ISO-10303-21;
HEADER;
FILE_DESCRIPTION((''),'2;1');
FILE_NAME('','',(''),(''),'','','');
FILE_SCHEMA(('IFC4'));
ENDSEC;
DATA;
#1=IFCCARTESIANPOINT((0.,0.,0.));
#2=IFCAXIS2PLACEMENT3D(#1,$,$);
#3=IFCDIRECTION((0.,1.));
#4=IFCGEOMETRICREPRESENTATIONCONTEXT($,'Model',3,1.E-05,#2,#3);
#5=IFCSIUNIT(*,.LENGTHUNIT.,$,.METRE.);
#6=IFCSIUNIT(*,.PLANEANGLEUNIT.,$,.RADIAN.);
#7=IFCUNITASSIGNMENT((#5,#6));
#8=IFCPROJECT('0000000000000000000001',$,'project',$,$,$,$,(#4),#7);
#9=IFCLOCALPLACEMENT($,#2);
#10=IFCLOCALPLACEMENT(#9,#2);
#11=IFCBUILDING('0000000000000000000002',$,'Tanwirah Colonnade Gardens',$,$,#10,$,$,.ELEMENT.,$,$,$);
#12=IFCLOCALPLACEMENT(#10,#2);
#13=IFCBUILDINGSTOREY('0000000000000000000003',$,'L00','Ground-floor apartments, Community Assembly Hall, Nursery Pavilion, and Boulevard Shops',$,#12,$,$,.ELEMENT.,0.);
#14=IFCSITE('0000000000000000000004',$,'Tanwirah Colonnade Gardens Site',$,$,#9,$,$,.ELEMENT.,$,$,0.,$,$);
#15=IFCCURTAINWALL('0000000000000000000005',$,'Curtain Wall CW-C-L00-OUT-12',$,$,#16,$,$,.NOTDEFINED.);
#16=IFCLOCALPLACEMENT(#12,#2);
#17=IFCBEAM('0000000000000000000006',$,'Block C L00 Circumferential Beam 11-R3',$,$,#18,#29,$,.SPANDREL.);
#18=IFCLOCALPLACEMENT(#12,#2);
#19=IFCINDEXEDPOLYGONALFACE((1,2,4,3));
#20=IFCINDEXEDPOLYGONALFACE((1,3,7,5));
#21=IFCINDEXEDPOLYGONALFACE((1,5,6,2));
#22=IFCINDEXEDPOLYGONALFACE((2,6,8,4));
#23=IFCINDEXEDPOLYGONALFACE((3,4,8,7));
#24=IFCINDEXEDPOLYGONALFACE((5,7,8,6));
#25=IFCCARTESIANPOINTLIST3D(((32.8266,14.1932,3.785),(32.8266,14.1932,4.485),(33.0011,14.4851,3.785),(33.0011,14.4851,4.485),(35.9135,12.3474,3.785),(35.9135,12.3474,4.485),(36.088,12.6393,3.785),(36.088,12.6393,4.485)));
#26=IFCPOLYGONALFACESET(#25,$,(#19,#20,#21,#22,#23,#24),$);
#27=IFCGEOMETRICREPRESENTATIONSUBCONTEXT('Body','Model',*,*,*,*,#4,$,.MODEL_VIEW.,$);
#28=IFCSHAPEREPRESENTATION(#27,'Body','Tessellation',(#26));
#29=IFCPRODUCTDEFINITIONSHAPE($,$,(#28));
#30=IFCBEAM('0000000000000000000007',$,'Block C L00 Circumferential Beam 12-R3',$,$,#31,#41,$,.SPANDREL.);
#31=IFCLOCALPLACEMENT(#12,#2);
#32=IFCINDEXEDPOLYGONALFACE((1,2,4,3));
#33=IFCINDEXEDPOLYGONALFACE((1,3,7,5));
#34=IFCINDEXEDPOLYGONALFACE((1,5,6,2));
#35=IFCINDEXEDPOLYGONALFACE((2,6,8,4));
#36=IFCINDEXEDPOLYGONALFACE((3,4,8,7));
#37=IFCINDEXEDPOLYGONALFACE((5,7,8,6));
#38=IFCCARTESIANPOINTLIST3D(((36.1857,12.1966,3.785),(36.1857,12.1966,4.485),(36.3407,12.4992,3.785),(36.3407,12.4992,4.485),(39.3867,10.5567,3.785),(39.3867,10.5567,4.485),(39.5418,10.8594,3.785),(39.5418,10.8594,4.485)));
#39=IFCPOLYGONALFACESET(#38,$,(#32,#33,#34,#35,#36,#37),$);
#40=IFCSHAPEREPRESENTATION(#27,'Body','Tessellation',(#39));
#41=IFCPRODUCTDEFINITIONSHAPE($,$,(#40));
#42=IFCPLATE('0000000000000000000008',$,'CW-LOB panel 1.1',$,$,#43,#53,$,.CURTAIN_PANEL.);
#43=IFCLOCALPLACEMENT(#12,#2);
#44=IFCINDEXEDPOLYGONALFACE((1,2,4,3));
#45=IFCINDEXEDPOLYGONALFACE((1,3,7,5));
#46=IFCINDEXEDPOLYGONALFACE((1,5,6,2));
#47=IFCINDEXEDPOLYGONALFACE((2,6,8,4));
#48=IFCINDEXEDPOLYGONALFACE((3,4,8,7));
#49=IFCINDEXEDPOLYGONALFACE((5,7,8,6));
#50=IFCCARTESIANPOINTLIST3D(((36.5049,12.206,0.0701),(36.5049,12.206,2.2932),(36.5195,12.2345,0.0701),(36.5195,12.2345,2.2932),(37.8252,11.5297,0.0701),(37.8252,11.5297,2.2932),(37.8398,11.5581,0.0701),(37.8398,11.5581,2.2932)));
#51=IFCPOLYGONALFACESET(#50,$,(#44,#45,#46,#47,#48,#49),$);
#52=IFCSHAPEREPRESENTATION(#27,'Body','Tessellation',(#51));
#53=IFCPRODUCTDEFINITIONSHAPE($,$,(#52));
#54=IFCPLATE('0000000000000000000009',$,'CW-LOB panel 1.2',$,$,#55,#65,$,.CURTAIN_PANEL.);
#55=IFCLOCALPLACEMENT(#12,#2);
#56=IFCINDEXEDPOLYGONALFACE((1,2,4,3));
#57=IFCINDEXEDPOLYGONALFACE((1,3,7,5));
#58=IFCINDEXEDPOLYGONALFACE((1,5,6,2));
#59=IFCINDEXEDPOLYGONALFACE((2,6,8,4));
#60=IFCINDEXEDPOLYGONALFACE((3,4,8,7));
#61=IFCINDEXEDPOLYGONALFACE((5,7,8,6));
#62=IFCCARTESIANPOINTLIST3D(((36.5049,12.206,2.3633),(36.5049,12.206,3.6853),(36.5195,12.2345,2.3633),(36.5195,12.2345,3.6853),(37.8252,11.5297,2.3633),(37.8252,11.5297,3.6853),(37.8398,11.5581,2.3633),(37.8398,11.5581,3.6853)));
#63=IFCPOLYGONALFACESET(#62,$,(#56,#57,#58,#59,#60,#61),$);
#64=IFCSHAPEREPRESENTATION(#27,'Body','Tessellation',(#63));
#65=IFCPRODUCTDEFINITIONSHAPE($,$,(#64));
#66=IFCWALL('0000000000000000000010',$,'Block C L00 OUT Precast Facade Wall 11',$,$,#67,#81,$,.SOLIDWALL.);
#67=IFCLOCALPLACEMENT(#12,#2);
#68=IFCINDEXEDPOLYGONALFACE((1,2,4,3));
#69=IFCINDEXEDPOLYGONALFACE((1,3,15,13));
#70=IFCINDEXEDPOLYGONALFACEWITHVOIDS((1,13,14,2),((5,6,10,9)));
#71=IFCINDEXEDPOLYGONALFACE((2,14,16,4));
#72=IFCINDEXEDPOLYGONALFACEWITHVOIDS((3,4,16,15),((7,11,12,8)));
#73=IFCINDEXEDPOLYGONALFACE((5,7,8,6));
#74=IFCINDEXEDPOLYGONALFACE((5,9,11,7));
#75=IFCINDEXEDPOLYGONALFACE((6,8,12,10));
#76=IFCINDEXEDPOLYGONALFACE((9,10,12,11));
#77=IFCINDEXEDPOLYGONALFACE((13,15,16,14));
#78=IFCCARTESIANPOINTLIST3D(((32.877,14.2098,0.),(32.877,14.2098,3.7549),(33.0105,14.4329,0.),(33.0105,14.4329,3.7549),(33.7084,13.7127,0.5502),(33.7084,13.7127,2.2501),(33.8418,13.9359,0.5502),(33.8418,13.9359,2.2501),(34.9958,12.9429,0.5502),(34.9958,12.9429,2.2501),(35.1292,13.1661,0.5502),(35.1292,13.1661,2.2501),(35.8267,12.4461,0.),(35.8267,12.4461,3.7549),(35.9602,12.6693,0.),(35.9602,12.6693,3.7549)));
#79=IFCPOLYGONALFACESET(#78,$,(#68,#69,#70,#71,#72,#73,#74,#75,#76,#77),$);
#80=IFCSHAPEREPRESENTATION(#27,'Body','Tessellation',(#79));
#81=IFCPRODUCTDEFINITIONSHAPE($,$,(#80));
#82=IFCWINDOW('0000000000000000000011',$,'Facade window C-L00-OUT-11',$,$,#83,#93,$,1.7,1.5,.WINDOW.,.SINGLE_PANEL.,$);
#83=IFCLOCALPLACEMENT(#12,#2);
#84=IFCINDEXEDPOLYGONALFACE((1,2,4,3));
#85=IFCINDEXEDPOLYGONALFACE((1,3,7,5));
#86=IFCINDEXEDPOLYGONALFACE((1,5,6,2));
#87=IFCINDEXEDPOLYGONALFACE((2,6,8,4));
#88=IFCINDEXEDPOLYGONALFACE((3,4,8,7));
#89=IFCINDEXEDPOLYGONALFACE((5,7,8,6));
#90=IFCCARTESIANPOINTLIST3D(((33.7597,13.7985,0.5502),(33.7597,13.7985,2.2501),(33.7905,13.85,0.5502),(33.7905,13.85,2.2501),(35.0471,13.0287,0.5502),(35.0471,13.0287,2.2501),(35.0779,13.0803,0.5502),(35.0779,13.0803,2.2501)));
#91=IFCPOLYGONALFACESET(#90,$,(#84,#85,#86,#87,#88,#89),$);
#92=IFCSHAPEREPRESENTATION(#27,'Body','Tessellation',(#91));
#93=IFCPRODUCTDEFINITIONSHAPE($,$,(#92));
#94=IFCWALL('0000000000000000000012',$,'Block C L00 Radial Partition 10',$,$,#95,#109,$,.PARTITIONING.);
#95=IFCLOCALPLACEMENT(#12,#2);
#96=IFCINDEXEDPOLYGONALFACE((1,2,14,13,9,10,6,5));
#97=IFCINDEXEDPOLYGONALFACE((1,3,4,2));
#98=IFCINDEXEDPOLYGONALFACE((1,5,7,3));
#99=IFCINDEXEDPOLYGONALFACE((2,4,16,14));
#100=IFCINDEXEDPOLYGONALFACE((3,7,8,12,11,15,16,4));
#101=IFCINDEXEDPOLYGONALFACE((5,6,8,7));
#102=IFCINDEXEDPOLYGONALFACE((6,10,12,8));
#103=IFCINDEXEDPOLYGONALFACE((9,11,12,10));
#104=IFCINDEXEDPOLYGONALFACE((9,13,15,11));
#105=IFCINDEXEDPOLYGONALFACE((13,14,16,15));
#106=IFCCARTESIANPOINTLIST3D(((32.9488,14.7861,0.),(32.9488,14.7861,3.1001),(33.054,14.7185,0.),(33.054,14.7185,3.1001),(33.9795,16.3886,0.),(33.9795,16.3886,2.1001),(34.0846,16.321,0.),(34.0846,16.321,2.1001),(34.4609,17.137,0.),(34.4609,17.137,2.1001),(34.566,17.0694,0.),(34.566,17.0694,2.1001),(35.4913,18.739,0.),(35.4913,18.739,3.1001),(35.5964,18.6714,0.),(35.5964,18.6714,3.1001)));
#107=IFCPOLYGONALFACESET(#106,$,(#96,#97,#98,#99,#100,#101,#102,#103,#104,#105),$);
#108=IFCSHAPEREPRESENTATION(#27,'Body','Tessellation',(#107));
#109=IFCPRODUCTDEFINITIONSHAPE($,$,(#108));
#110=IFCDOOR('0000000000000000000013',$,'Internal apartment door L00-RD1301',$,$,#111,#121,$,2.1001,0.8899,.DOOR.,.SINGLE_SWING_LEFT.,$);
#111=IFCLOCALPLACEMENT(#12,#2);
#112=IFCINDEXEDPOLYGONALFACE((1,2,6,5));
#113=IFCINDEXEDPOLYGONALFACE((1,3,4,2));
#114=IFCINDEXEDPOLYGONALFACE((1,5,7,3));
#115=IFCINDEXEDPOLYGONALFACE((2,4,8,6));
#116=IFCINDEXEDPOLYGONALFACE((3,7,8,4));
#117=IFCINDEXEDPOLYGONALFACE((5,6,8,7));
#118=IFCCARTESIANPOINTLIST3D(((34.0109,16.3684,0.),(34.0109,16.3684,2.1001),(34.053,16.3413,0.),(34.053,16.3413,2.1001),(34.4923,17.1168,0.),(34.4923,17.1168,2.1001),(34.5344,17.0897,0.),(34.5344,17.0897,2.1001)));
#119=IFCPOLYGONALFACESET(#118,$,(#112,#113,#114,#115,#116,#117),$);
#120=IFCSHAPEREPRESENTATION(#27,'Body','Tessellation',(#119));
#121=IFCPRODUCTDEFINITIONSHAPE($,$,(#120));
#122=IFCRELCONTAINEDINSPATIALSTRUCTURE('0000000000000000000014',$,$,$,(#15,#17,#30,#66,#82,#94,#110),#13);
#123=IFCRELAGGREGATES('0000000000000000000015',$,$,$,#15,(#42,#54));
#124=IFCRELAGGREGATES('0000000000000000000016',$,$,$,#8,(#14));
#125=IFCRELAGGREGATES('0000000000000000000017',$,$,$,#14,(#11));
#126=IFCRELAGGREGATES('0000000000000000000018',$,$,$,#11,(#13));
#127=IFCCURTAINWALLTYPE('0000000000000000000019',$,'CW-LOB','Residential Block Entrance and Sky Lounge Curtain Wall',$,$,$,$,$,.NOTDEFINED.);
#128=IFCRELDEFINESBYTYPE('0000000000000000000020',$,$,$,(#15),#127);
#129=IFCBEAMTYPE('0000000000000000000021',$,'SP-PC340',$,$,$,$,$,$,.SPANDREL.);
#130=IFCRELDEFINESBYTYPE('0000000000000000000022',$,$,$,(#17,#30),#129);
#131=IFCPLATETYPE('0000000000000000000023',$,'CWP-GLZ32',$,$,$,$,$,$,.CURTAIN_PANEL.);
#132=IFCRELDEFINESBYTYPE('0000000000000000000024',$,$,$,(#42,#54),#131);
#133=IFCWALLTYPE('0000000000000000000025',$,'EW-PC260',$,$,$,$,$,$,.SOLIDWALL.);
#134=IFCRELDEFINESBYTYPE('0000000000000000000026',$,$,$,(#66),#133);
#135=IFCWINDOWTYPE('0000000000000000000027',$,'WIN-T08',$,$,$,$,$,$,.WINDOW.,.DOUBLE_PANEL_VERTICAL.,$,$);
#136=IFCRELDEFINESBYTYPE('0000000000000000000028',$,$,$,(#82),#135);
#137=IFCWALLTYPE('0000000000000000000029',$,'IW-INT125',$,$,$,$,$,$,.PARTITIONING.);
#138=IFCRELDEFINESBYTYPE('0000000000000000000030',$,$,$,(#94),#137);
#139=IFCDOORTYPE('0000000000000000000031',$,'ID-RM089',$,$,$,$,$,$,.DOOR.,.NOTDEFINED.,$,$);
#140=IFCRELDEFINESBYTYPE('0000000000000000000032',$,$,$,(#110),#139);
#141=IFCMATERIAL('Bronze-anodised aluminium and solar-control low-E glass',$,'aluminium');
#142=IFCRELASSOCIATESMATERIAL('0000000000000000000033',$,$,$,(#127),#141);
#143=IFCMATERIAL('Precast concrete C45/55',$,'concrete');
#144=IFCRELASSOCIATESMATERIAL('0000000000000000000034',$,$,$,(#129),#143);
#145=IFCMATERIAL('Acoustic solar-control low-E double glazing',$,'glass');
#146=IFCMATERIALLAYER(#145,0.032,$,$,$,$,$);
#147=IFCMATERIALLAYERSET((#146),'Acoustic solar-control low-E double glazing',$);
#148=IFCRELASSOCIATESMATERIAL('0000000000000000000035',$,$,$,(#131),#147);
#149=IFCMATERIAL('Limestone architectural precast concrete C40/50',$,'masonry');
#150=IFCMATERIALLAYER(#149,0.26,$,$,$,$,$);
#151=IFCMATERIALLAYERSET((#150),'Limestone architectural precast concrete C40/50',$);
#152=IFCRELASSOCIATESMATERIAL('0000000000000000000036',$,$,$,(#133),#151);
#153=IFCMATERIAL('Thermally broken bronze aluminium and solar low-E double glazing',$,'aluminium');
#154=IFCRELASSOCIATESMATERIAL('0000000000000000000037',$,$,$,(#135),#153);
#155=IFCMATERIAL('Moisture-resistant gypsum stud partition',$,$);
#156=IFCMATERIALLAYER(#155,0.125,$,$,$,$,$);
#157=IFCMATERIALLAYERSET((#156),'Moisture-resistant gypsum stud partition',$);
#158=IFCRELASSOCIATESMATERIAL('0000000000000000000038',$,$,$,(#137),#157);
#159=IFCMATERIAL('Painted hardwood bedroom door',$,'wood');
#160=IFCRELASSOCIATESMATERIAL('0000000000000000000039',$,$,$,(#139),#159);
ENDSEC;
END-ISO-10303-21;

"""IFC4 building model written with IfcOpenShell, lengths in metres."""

from ifc_helpers import new_model, si_unit, direction, frame, frame_2d, origin, origin_2d, place, context, subcontext, project, spatial, rectangle, extrude, material, layer, layer_set, material_profile, profile_set, type_object, element, fill, aggregate, save


model = new_model("IFC4")

# Units and contexts
model_context = context("Model", 3, precision=1e-05, world=origin(), true_north=direction((0.0, 1.0)))
body_context = subcontext(model_context, "Body", "Model", "MODEL_VIEW")
ifc_project = project(units=[si_unit("LENGTHUNIT", "METRE"), si_unit("PLANEANGLEUNIT", "RADIAN")], contexts=[model_context])

# Site, building, storey
site_placement = place(None, origin())
site = spatial("IfcSite", under=ifc_project, at=site_placement, Name="Tanwirah Colonnade Gardens Site", CompositionType="ELEMENT", RefElevation=0.0)
building_placement = place(site_placement, origin())
building = spatial("IfcBuilding", under=site, at=building_placement, Name="Tanwirah Colonnade Gardens", CompositionType="ELEMENT")
storey_placement = place(building_placement, origin())
storey = spatial("IfcBuildingStorey", under=building, at=storey_placement, Name="L00", Description="Ground-floor apartments, Community Assembly Hall, Nursery Pavilion, and Boulevard Shops", CompositionType="ELEMENT", Elevation=0.0)

# Shared definitions
ifc_material_1 = material(Name="Precast concrete C45/55", Category="concrete")

# Curtain wall
ifc_material_2 = material(Name="Bronze-anodised aluminium and solar-control low-E glass", Category="aluminium")
curtain_wall_type = type_object("IfcCurtainWallType", Name="CW-LOB", Description="Residential Block Entrance and Sky Lounge Curtain Wall", PredefinedType="NOTDEFINED", material=ifc_material_2)
curtain_wall_placement = place(storey_placement, origin())
curtain_wall = element("IfcCurtainWall", 1, at=curtain_wall_placement, inside=storey, type_object=curtain_wall_type, Name="Curtain Wall CW-C-L00-OUT-12", PredefinedType="NOTDEFINED")

# Beams
ifc_material_profile_1 = material_profile(ifc_material_1, rectangle(XDim=0.3401, YDim=0.7, at=origin_2d()), Name="PC-SP 340x700")
ifc_profile_set_1 = profile_set([ifc_material_profile_1], Name="Precast concrete C45/55")
beam_type_1 = type_object("IfcBeamType", Name="SP-PC340", PredefinedType="SPANDREL", material=ifc_profile_set_1)
for number, where, z_axis, x_axis, name in (
    (2, (32.9138, 14.3391, 4.135), (0.858283, -0.513177, 0.0), (0.513177, 0.858283, 0.0), "Block C L00 Circumferential Beam 11-R3"),
    (3, (36.2632, 12.3479, 4.135), (0.890013, -0.455935, 0.0), (0.455935, 0.890013, 0.0), "Block C L00 Circumferential Beam 12-R3"),
):
    element("IfcBeam", number, at=place(storey_placement, frame(where, z_axis=z_axis, x_axis=x_axis)), inside=storey, type_object=beam_type_1, Name=name, PredefinedType="SPANDREL", context=body_context, shape_type="SweptSolid", body=[
        extrude(rectangle(XDim=0.3401, YDim=0.7, at=origin_2d()), origin(), (0.0, 0.0, 1.0), 3.5967),
    ])

# Plates
ifc_material_3 = material(Name="Acoustic solar-control low-E double glazing", Category="glass")
ifc_layer_1 = layer(ifc_material_3, 0.032)
ifc_layer_set_1 = layer_set([ifc_layer_1], Name="Acoustic solar-control low-E double glazing")
plate_type = type_object("IfcPlateType", Name="CWP-GLZ32", PredefinedType="CURTAIN_PANEL", material=ifc_layer_set_1)
plate_1_placement = place(storey_placement, frame((37.1724, 11.8821, 0.0701), z_axis=(0.0, 0.0, 1.0), x_axis=(0.890014, -0.455933, 0.0)))
plate_1 = element("IfcPlate", 4, at=plate_1_placement, type_object=plate_type, Name="CW-LOB panel 1.1", PredefinedType="CURTAIN_PANEL", context=body_context, shape_type="SweptSolid", body=[
    extrude(rectangle(XDim=1.4834, YDim=0.032, at=origin_2d()), origin(), (0.0, 0.0, 1.0), 2.2231),
])
plate_2_placement = place(storey_placement, frame((37.1724, 11.8821, 2.3633), z_axis=(0.0, 0.0, 1.0), x_axis=(0.890014, -0.455933, 0.0)))
plate_2 = element("IfcPlate", 5, at=plate_2_placement, type_object=plate_type, Name="CW-LOB panel 1.2", PredefinedType="CURTAIN_PANEL", context=body_context, shape_type="SweptSolid", body=[
    extrude(rectangle(XDim=1.4834, YDim=0.032, at=origin_2d()), origin(), (0.0, 0.0, 1.0), 1.322),
])
aggregate(curtain_wall, [plate_1, plate_2])

# Wall, opening, window
ifc_material_4 = material(Name="Limestone architectural precast concrete C40/50", Category="masonry")
ifc_layer_2 = layer(ifc_material_4, 0.26)
ifc_layer_set_2 = layer_set([ifc_layer_2], Name="Limestone architectural precast concrete C40/50")
wall_type_1 = type_object("IfcWallType", Name="EW-PC260", PredefinedType="SOLIDWALL", material=ifc_layer_set_2)
wall_1_placement = place(storey_placement, frame((32.9438, 14.3213, 0.0), z_axis=(0.0, 0.0, 1.0), x_axis=(0.858282, -0.513179, 0.0)))
wall_1 = element("IfcWall", 6, at=wall_1_placement, inside=storey, type_object=wall_type_1, Name="Block C L00 OUT Precast Facade Wall 11", PredefinedType="SOLIDWALL", context=body_context, shape_type="SweptSolid", body=[
    extrude(rectangle(XDim=3.4368, YDim=0.26, at=frame_2d((1.7183, 0.0))), origin(), (0.0, 0.0, 1.0), 3.7549),
])
opening_1_placement = place(wall_1_placement, frame((0.9685, 0.0, 0.55)))
opening_1 = element("IfcOpeningElement", 7, at=opening_1_placement, cuts=wall_1, PredefinedType="OPENING", context=body_context, shape_type="SweptSolid", body=[
    extrude(rectangle(XDim=1.5, YDim=1.7, at=frame_2d((0.75, 0.8501))), frame((0.0, 0.1399, 0.0), z_axis=(0.0, -1.0, 0.0), x_axis=(1.0, 0.0, 0.0)), (0.0, 0.0, 1.0), 0.28),
])
ifc_material_5 = material(Name="Thermally broken bronze aluminium and solar low-E double glazing", Category="aluminium")
window_type = type_object("IfcWindowType", Name="WIN-T08", PartitioningType="DOUBLE_PANEL_VERTICAL", PredefinedType="WINDOW", material=ifc_material_5)
window_placement = place(opening_1_placement, origin())
window = element("IfcWindow", 8, at=window_placement, inside=storey, type_object=window_type, Name="Facade window C-L00-OUT-11", OverallHeight=1.7, OverallWidth=1.5, PartitioningType="SINGLE_PANEL", PredefinedType="WINDOW", context=body_context, shape_type="SweptSolid", body=[
    extrude(rectangle(XDim=1.5, YDim=1.7, at=frame_2d((0.75, 0.8501))), frame((0.0, 0.03, 0.0), z_axis=(0.0, -1.0, 0.0), x_axis=(1.0, 0.0, 0.0)), (0.0, 0.0, 1.0), 0.0601),
])
fill(opening_1, window)

# Wall, opening, door
ifc_material_6 = material(Name="Moisture-resistant gypsum stud partition")
ifc_layer_3 = layer(ifc_material_6, 0.125)
ifc_layer_set_3 = layer_set([ifc_layer_3], Name="Moisture-resistant gypsum stud partition")
wall_type_2 = type_object("IfcWallType", Name="IW-INT125", PredefinedType="PARTITIONING", material=ifc_layer_set_3)
wall_2_placement = place(storey_placement, frame((35.5439, 18.7053, 0.0), z_axis=(0.0, 0.0, 1.0), x_axis=(-0.54096, -0.841048, 0.0)))
wall_2 = element("IfcWall", 9, at=wall_2_placement, inside=storey, type_object=wall_type_2, Name="Block C L00 Radial Partition 10", PredefinedType="PARTITIONING", context=body_context, shape_type="SweptSolid", body=[
    extrude(rectangle(XDim=4.7, YDim=0.125, at=frame_2d((2.3501, 0.0))), origin(), (0.0, 0.0, 1.0), 3.1001),
])
opening_2_placement = place(wall_2_placement, frame((1.905, 0.0, 0.0)))
opening_2 = element("IfcOpeningElement", 10, at=opening_2_placement, cuts=wall_2, PredefinedType="OPENING", context=body_context, shape_type="SweptSolid", body=[
    extrude(rectangle(XDim=0.8899, YDim=2.1001, at=frame_2d((0.4448, 1.05))), frame((0.0, 0.0725, 0.0), z_axis=(0.0, -1.0, 0.0), x_axis=(1.0, 0.0, 0.0)), (0.0, 0.0, 1.0), 0.145),
])
ifc_material_7 = material(Name="Painted hardwood bedroom door", Category="wood")
door_type_1 = type_object("IfcDoorType", Name="ID-RM089", OperationType="NOTDEFINED", PredefinedType="DOOR", material=ifc_material_7)
door_1_placement = place(opening_2_placement, origin())
door_1 = element("IfcDoor", 11, at=door_1_placement, inside=storey, type_object=door_type_1, Name="Internal apartment door L00-RD1301", OperationType="SINGLE_SWING_LEFT", OverallHeight=2.1001, OverallWidth=0.8899, PredefinedType="DOOR", context=body_context, shape_type="SweptSolid", body=[
    extrude(rectangle(XDim=0.8899, YDim=2.1001, at=frame_2d((0.4448, 1.05))), frame((0.0, 0.0249, 0.0), z_axis=(0.0, -1.0, 0.0), x_axis=(1.0, 0.0, 0.0)), (0.0, 0.0, 1.0), 0.05),
])
fill(opening_2, door_1)

save(model, "model.ifc")
